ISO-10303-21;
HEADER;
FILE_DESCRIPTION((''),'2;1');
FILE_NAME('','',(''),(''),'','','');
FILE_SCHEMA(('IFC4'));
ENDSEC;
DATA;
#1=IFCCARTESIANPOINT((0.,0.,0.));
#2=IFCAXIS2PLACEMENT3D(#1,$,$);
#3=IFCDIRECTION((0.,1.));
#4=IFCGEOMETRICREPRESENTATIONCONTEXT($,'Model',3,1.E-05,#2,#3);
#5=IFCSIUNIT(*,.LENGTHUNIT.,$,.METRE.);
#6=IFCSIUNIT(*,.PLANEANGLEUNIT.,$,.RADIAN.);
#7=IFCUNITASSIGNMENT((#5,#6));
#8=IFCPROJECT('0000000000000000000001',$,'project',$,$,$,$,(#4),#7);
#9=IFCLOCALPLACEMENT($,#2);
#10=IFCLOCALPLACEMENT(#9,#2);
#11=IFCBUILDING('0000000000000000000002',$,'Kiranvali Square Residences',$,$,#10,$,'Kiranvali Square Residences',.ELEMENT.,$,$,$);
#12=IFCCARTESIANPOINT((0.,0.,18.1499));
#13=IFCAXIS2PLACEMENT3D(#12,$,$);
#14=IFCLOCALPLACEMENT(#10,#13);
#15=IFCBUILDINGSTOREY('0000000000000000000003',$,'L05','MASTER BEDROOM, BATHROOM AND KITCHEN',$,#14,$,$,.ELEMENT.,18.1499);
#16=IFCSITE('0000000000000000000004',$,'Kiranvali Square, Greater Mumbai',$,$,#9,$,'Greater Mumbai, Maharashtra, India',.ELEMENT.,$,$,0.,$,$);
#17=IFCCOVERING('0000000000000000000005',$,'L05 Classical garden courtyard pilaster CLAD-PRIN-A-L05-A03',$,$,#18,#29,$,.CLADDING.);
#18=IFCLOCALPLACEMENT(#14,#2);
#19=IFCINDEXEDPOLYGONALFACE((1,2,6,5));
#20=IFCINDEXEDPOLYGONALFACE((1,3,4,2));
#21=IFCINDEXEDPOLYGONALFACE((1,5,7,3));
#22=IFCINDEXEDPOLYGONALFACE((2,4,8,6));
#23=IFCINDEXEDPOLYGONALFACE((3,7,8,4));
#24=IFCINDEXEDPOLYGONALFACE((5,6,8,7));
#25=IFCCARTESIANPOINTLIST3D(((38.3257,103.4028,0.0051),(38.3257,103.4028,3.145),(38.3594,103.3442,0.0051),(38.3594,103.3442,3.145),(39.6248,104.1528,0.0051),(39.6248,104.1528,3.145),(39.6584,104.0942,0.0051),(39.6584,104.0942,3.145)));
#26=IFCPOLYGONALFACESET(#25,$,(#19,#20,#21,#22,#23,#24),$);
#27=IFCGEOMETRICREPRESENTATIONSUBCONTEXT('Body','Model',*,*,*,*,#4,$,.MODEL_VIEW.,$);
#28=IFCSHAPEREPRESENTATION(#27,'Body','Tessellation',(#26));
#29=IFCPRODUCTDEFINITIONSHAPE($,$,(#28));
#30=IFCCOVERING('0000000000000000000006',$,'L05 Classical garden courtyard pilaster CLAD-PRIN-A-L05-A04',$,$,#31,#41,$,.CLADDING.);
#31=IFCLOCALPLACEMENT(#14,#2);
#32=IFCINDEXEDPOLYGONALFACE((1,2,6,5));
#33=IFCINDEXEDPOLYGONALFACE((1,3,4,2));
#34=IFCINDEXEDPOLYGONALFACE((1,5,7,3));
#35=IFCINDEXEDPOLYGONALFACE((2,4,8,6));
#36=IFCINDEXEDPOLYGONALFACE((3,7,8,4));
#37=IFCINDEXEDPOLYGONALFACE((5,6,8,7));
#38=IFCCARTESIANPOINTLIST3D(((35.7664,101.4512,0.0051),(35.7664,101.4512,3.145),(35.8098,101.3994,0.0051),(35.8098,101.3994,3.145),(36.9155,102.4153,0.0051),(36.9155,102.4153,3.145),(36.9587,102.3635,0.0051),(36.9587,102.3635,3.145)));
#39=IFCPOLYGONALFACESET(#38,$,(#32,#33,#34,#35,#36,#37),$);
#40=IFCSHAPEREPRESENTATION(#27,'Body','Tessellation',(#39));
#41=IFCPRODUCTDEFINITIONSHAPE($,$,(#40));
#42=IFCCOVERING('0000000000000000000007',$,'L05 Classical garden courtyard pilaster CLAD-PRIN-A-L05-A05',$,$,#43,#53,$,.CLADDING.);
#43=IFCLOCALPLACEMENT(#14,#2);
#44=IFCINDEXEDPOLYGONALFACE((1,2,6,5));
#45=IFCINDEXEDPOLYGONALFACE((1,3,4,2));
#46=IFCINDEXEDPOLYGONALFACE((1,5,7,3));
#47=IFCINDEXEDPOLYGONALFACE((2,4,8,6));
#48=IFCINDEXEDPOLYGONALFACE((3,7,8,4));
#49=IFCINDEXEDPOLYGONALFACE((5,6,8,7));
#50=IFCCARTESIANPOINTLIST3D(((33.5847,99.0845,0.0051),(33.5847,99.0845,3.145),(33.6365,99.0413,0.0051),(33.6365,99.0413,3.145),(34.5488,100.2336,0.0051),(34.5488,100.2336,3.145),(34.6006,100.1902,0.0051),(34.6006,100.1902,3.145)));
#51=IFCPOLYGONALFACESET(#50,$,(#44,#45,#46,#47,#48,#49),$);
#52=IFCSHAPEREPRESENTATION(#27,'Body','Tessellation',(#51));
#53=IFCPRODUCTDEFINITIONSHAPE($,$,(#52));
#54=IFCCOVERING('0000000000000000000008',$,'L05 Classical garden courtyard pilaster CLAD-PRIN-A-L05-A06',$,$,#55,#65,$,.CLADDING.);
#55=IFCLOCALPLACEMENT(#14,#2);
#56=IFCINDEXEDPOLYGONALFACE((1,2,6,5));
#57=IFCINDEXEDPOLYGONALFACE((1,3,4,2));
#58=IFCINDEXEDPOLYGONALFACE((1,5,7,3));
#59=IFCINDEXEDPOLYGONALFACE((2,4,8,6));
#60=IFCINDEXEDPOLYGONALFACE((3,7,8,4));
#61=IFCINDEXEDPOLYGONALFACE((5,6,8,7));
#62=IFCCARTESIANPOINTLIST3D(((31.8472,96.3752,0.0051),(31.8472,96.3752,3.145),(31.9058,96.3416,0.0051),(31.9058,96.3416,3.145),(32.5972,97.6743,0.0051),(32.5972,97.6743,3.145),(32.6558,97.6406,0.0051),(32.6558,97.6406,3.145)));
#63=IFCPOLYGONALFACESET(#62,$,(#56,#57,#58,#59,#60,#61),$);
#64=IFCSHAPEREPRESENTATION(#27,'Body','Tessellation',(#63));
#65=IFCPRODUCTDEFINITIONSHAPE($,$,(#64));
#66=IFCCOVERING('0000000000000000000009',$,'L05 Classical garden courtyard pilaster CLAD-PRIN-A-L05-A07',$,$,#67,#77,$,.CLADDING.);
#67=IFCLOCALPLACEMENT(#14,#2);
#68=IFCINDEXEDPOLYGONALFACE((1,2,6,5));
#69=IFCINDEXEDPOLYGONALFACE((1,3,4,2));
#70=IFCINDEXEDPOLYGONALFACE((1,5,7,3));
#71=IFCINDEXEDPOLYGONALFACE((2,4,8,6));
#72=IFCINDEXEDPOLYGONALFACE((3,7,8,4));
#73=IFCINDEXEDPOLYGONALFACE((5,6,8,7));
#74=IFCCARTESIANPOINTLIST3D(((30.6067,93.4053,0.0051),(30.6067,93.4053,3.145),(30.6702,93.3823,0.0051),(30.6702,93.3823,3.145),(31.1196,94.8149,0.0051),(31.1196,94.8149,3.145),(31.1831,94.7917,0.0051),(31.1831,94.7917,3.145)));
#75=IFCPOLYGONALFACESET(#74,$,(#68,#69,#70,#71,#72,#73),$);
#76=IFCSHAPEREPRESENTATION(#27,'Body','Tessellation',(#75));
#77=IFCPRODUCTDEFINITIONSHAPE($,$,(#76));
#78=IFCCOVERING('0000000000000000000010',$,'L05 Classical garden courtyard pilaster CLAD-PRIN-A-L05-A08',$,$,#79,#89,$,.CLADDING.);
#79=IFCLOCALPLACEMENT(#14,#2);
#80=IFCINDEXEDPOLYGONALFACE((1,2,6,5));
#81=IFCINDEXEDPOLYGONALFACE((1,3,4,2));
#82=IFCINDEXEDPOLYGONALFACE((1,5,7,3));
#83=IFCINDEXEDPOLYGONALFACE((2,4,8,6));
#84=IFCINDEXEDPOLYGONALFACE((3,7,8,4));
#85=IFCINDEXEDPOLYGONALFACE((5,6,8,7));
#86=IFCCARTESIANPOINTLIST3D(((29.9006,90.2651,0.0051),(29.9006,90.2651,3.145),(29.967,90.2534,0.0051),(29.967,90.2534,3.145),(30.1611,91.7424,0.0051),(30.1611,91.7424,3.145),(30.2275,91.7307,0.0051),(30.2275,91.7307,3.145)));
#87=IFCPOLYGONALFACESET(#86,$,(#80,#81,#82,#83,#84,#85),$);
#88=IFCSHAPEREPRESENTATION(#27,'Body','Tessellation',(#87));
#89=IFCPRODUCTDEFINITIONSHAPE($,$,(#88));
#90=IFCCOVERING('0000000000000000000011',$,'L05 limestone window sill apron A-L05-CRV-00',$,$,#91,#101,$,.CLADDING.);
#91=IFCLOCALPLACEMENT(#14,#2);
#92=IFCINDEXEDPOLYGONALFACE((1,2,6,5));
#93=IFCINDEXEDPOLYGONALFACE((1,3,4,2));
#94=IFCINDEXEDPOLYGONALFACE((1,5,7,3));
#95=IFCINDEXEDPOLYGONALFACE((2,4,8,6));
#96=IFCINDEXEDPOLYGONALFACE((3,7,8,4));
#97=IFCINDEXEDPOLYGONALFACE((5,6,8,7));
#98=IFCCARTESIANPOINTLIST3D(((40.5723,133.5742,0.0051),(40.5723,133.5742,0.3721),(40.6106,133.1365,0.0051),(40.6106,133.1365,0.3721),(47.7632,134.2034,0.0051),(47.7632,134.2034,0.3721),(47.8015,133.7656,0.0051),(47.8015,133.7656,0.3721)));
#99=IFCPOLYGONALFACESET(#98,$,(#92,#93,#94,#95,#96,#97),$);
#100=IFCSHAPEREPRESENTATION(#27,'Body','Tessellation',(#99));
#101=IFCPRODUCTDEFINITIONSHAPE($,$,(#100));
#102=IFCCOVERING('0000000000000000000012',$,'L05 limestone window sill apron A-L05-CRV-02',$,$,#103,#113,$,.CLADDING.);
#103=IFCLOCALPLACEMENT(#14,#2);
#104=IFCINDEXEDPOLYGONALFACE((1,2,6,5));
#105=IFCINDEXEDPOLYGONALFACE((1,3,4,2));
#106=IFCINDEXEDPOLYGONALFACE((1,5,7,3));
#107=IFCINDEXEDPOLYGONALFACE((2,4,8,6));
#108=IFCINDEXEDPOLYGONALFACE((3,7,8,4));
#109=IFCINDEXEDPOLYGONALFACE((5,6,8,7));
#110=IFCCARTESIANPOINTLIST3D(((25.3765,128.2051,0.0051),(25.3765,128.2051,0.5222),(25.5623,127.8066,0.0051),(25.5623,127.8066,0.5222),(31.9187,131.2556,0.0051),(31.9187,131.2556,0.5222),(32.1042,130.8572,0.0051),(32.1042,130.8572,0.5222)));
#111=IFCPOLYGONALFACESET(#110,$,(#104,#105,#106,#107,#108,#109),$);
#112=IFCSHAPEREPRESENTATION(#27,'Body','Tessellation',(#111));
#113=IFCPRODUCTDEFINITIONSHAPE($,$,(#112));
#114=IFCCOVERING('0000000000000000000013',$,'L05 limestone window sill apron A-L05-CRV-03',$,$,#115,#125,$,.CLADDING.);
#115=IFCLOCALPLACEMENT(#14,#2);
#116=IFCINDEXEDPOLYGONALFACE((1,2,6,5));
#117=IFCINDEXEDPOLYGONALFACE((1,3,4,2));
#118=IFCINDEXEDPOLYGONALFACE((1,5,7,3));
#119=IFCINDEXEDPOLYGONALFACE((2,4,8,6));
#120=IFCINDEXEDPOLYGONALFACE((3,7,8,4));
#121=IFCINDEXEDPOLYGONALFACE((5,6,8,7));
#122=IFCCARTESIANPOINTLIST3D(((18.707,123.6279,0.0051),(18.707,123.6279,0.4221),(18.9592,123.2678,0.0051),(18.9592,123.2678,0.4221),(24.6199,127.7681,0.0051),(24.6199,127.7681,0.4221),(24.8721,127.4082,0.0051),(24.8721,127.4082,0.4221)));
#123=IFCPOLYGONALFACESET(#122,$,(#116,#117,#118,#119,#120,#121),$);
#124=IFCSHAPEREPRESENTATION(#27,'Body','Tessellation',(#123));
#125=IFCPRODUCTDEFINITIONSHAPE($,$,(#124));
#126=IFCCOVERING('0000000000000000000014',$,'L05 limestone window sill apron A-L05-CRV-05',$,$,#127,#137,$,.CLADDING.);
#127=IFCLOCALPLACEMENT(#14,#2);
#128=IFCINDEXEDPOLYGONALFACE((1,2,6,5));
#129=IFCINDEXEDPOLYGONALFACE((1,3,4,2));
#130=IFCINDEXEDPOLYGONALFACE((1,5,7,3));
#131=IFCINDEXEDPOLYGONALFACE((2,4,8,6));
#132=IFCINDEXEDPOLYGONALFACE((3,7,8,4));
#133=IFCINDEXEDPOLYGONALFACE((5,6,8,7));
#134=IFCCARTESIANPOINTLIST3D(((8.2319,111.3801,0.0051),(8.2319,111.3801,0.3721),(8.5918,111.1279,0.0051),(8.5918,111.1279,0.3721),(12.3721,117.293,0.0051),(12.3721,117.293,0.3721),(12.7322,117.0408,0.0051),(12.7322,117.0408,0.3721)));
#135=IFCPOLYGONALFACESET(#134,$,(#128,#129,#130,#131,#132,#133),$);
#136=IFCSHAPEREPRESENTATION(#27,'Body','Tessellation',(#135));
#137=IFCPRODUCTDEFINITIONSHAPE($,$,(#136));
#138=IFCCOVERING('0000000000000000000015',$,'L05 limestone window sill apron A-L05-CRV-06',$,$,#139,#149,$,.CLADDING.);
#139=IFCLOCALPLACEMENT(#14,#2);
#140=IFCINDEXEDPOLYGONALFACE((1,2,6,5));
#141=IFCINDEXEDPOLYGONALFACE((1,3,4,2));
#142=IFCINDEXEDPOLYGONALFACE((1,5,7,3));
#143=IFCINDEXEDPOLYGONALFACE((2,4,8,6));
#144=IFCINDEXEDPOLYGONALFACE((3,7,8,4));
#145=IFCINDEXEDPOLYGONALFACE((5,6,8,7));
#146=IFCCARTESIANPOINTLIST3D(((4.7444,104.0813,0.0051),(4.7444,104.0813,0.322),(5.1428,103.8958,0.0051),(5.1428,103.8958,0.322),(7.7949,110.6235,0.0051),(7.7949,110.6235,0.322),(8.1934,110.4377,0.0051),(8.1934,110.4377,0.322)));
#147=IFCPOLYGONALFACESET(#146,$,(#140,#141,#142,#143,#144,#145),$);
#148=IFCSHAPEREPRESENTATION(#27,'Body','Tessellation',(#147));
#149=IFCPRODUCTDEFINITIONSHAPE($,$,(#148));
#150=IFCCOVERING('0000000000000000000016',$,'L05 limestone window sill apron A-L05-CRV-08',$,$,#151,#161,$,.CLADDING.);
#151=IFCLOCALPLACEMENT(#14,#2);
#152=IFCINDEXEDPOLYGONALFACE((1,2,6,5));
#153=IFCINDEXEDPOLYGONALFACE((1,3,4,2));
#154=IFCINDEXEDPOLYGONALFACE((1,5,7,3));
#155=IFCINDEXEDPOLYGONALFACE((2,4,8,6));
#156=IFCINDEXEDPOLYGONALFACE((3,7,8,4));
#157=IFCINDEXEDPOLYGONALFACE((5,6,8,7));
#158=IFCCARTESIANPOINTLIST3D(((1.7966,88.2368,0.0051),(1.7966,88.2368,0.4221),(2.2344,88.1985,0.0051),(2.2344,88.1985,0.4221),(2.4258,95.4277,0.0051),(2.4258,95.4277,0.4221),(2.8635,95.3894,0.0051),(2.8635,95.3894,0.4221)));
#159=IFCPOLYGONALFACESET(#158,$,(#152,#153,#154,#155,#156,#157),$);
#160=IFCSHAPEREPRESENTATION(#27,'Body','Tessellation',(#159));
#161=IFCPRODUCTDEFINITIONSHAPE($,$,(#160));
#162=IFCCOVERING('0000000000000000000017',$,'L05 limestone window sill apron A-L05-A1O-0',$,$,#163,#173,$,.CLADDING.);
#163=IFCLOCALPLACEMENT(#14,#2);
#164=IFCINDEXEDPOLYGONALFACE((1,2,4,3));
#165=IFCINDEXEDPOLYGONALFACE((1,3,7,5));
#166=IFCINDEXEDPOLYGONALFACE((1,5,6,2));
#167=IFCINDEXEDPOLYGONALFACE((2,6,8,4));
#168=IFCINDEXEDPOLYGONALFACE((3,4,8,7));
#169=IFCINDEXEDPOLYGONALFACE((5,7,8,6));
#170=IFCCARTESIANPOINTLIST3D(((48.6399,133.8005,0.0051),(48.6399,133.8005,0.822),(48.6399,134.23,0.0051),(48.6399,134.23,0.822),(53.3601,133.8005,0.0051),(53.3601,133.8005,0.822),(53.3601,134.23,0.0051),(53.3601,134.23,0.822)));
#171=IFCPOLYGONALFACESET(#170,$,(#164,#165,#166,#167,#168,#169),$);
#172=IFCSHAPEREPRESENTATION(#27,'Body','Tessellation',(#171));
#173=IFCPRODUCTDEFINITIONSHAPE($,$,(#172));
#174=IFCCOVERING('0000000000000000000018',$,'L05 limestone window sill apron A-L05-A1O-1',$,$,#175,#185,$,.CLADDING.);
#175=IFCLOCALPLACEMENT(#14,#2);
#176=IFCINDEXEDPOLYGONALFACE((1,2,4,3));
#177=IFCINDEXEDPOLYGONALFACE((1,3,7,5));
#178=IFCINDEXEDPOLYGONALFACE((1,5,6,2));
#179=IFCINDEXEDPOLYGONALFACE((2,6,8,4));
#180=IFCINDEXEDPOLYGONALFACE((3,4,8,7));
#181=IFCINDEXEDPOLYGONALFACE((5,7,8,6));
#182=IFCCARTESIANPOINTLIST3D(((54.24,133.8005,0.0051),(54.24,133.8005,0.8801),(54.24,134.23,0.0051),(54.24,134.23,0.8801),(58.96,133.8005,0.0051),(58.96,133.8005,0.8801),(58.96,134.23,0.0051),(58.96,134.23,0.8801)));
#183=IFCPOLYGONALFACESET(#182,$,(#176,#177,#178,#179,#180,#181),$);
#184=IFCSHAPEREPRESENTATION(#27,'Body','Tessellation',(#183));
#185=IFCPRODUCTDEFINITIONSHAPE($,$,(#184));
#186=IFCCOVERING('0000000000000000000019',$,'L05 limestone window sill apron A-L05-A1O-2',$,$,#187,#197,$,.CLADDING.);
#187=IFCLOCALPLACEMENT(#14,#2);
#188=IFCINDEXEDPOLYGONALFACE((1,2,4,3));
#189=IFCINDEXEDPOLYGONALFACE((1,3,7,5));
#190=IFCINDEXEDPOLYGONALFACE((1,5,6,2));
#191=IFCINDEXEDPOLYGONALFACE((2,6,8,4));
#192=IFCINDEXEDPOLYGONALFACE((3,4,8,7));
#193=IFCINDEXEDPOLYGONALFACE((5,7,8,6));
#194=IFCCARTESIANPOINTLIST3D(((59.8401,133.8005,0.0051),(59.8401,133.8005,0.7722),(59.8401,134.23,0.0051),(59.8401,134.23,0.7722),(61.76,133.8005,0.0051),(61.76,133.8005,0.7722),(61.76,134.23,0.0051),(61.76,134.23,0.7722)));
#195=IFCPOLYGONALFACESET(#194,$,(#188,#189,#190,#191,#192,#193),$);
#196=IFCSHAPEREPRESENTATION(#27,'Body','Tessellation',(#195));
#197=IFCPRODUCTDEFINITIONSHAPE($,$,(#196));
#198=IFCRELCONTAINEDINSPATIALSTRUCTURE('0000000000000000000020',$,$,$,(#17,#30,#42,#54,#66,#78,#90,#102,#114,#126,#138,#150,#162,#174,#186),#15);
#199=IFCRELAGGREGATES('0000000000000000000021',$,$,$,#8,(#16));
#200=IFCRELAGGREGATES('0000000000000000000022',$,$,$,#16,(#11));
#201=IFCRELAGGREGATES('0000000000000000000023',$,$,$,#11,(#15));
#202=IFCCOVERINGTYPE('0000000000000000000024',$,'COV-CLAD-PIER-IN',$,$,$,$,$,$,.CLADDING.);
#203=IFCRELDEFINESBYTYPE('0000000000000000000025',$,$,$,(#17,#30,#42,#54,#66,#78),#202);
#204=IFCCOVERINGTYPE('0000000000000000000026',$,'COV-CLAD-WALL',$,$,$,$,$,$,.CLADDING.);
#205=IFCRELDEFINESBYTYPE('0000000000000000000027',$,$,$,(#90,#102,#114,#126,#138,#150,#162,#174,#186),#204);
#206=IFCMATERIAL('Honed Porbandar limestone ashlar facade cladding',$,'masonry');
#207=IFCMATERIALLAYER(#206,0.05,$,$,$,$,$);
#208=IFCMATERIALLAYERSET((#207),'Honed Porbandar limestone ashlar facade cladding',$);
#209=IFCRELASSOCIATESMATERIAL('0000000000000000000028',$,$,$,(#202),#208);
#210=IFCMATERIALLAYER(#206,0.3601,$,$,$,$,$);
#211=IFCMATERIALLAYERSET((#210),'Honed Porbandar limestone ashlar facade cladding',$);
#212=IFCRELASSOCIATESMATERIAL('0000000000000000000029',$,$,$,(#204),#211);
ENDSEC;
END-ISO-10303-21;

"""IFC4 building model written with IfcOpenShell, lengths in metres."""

from ifc_helpers import new_model, si_unit, direction, frame, origin, place, context, subcontext, project, spatial, polyline, outline, extrude, material, layer, layer_set, type_object, element, save


model = new_model("IFC4")

# Units and contexts
model_context = context("Model", 3, precision=1e-05, world=origin(), true_north=direction((0.0, 1.0)))
body_context = subcontext(model_context, "Body", "Model", "MODEL_VIEW")
ifc_project = project(units=[si_unit("LENGTHUNIT", "METRE"), si_unit("PLANEANGLEUNIT", "RADIAN")], contexts=[model_context])

# Site, building, storey
site_placement = place(None, origin())
site = spatial("IfcSite", under=ifc_project, at=site_placement, Name="Kiranvali Square, Greater Mumbai", LongName="Greater Mumbai, Maharashtra, India", CompositionType="ELEMENT", RefElevation=0.0)
building_placement = place(site_placement, origin())
building = spatial("IfcBuilding", under=site, at=building_placement, Name="Kiranvali Square Residences", LongName="Kiranvali Square Residences", CompositionType="ELEMENT")
storey_placement = place(building_placement, frame((0.0, 0.0, 18.1499)))
storey = spatial("IfcBuildingStorey", under=building, at=storey_placement, Name="L05", Description="MASTER BEDROOM, BATHROOM AND KITCHEN", CompositionType="ELEMENT", Elevation=18.1499)

# Coverings
ifc_material = material(Name="Honed Porbandar limestone ashlar facade cladding", Category="masonry")
ifc_layer_1 = layer(ifc_material, 0.05)
ifc_layer_set_1 = layer_set([ifc_layer_1], Name="Honed Porbandar limestone ashlar facade cladding")
covering_type_1 = type_object("IfcCoveringType", Name="COV-CLAD-PIER-IN", PredefinedType="CLADDING", material=ifc_layer_set_1)
covering_1_placement = place(storey_placement, frame((0.0, 0.0, 0.0051)))
element("IfcCovering", 1, at=covering_1_placement, inside=storey, type_object=covering_type_1, Name="L05 Classical garden courtyard pilaster CLAD-PRIN-A-L05-A03", PredefinedType="CLADDING", context=body_context, shape_type="SweptSolid", body=[
    extrude(outline(polyline([(38.3594, 103.3442), (39.6584, 104.0942), (39.6248, 104.1528), (38.3257, 103.4028), (38.3594, 103.3442)])), origin(), (0.0, 0.0, 1.0), 3.1399),
])
covering_2_placement = place(storey_placement, frame((0.0, 0.0, 0.0051)))
element("IfcCovering", 2, at=covering_2_placement, inside=storey, type_object=covering_type_1, Name="L05 Classical garden courtyard pilaster CLAD-PRIN-A-L05-A04", PredefinedType="CLADDING", context=body_context, shape_type="SweptSolid", body=[
    extrude(outline(polyline([(35.8098, 101.3994), (36.9587, 102.3635), (36.9155, 102.4153), (35.7664, 101.4512), (35.8098, 101.3994)])), origin(), (0.0, 0.0, 1.0), 3.1399),
])
covering_3_placement = place(storey_placement, frame((0.0, 0.0, 0.0051)))
element("IfcCovering", 3, at=covering_3_placement, inside=storey, type_object=covering_type_1, Name="L05 Classical garden courtyard pilaster CLAD-PRIN-A-L05-A05", PredefinedType="CLADDING", context=body_context, shape_type="SweptSolid", body=[
    extrude(outline(polyline([(33.6365, 99.0413), (34.6006, 100.1902), (34.5488, 100.2336), (33.5847, 99.0845), (33.6365, 99.0413)])), origin(), (0.0, 0.0, 1.0), 3.1399),
])
covering_4_placement = place(storey_placement, frame((0.0, 0.0, 0.0051)))
element("IfcCovering", 4, at=covering_4_placement, inside=storey, type_object=covering_type_1, Name="L05 Classical garden courtyard pilaster CLAD-PRIN-A-L05-A06", PredefinedType="CLADDING", context=body_context, shape_type="SweptSolid", body=[
    extrude(outline(polyline([(31.9058, 96.3416), (32.6558, 97.6406), (32.5972, 97.6743), (31.8472, 96.3752), (31.9058, 96.3416)])), origin(), (0.0, 0.0, 1.0), 3.1399),
])
covering_5_placement = place(storey_placement, frame((0.0, 0.0, 0.0051)))
element("IfcCovering", 5, at=covering_5_placement, inside=storey, type_object=covering_type_1, Name="L05 Classical garden courtyard pilaster CLAD-PRIN-A-L05-A07", PredefinedType="CLADDING", context=body_context, shape_type="SweptSolid", body=[
    extrude(outline(polyline([(30.6702, 93.3823), (31.1831, 94.7917), (31.1196, 94.8149), (30.6067, 93.4053), (30.6702, 93.3823)])), origin(), (0.0, 0.0, 1.0), 3.1399),
])
covering_6_placement = place(storey_placement, frame((0.0, 0.0, 0.0051)))
element("IfcCovering", 6, at=covering_6_placement, inside=storey, type_object=covering_type_1, Name="L05 Classical garden courtyard pilaster CLAD-PRIN-A-L05-A08", PredefinedType="CLADDING", context=body_context, shape_type="SweptSolid", body=[
    extrude(outline(polyline([(29.967, 90.2534), (30.2275, 91.7307), (30.1611, 91.7424), (29.9006, 90.2651), (29.967, 90.2534)])), origin(), (0.0, 0.0, 1.0), 3.1399),
])
ifc_layer_2 = layer(ifc_material, 0.3601)
ifc_layer_set_2 = layer_set([ifc_layer_2], Name="Honed Porbandar limestone ashlar facade cladding")
covering_type_2 = type_object("IfcCoveringType", Name="COV-CLAD-WALL", PredefinedType="CLADDING", material=ifc_layer_set_2)
covering_7_placement = place(storey_placement, frame((0.0, 0.0, 0.0051)))
element("IfcCovering", 7, at=covering_7_placement, inside=storey, type_object=covering_type_2, Name="L05 limestone window sill apron A-L05-CRV-00", PredefinedType="CLADDING", context=body_context, shape_type="SweptSolid", body=[
    extrude(outline(polyline([(47.7632, 134.2034), (40.5723, 133.5742), (40.6106, 133.1365), (47.8015, 133.7656), (47.7632, 134.2034)])), origin(), (0.0, 0.0, 1.0), 0.3669),
])
covering_8_placement = place(storey_placement, frame((0.0, 0.0, 0.0051)))
element("IfcCovering", 8, at=covering_8_placement, inside=storey, type_object=covering_type_2, Name="L05 limestone window sill apron A-L05-CRV-02", PredefinedType="CLADDING", context=body_context, shape_type="SweptSolid", body=[
    extrude(outline(polyline([(31.9187, 131.2556), (25.3765, 128.2051), (25.5623, 127.8066), (32.1042, 130.8572), (31.9187, 131.2556)])), origin(), (0.0, 0.0, 1.0), 0.5171),
])
covering_9_placement = place(storey_placement, frame((0.0, 0.0, 0.0051)))
element("IfcCovering", 9, at=covering_9_placement, inside=storey, type_object=covering_type_2, Name="L05 limestone window sill apron A-L05-CRV-03", PredefinedType="CLADDING", context=body_context, shape_type="SweptSolid", body=[
    extrude(outline(polyline([(24.6199, 127.7681), (18.707, 123.6279), (18.9592, 123.2678), (24.8721, 127.4082), (24.6199, 127.7681)])), origin(), (0.0, 0.0, 1.0), 0.417),
])
covering_10_placement = place(storey_placement, frame((0.0, 0.0, 0.0051)))
element("IfcCovering", 10, at=covering_10_placement, inside=storey, type_object=covering_type_2, Name="L05 limestone window sill apron A-L05-CRV-05", PredefinedType="CLADDING", context=body_context, shape_type="SweptSolid", body=[
    extrude(outline(polyline([(12.3721, 117.293), (8.2319, 111.3801), (8.5918, 111.1279), (12.7322, 117.0408), (12.3721, 117.293)])), origin(), (0.0, 0.0, 1.0), 0.3669),
])
covering_11_placement = place(storey_placement, frame((0.0, 0.0, 0.0051)))
element("IfcCovering", 11, at=covering_11_placement, inside=storey, type_object=covering_type_2, Name="L05 limestone window sill apron A-L05-CRV-06", PredefinedType="CLADDING", context=body_context, shape_type="SweptSolid", body=[
    extrude(outline(polyline([(7.7949, 110.6235), (4.7444, 104.0813), (5.1428, 103.8958), (8.1934, 110.4377), (7.7949, 110.6235)])), origin(), (0.0, 0.0, 1.0), 0.3169),
])
covering_12_placement = place(storey_placement, frame((0.0, 0.0, 0.0051)))
element("IfcCovering", 12, at=covering_12_placement, inside=storey, type_object=covering_type_2, Name="L05 limestone window sill apron A-L05-CRV-08", PredefinedType="CLADDING", context=body_context, shape_type="SweptSolid", body=[
    extrude(outline(polyline([(2.4258, 95.4277), (1.7966, 88.2368), (2.2344, 88.1985), (2.8635, 95.3894), (2.4258, 95.4277)])), origin(), (0.0, 0.0, 1.0), 0.417),
])
covering_13_placement = place(storey_placement, frame((0.0, 0.0, 0.0051)))
element("IfcCovering", 13, at=covering_13_placement, inside=storey, type_object=covering_type_2, Name="L05 limestone window sill apron A-L05-A1O-0", PredefinedType="CLADDING", context=body_context, shape_type="SweptSolid", body=[
    extrude(outline(polyline([(48.6399, 133.8005), (53.3601, 133.8005), (53.3601, 134.23), (48.6399, 134.23), (48.6399, 133.8005)])), origin(), (0.0, 0.0, 1.0), 0.8169),
])
covering_14_placement = place(storey_placement, frame((0.0, 0.0, 0.0051)))
element("IfcCovering", 14, at=covering_14_placement, inside=storey, type_object=covering_type_2, Name="L05 limestone window sill apron A-L05-A1O-1", PredefinedType="CLADDING", context=body_context, shape_type="SweptSolid", body=[
    extrude(outline(polyline([(54.24, 133.8005), (58.96, 133.8005), (58.96, 134.23), (54.24, 134.23), (54.24, 133.8005)])), origin(), (0.0, 0.0, 1.0), 0.875),
])
covering_15_placement = place(storey_placement, frame((0.0, 0.0, 0.0051)))
element("IfcCovering", 15, at=covering_15_placement, inside=storey, type_object=covering_type_2, Name="L05 limestone window sill apron A-L05-A1O-2", PredefinedType="CLADDING", context=body_context, shape_type="SweptSolid", body=[
    extrude(outline(polyline([(59.8401, 133.8005), (61.76, 133.8005), (61.76, 134.23), (59.8401, 134.23), (59.8401, 133.8005)])), origin(), (0.0, 0.0, 1.0), 0.7671),
])

save(model, "model.ifc")
